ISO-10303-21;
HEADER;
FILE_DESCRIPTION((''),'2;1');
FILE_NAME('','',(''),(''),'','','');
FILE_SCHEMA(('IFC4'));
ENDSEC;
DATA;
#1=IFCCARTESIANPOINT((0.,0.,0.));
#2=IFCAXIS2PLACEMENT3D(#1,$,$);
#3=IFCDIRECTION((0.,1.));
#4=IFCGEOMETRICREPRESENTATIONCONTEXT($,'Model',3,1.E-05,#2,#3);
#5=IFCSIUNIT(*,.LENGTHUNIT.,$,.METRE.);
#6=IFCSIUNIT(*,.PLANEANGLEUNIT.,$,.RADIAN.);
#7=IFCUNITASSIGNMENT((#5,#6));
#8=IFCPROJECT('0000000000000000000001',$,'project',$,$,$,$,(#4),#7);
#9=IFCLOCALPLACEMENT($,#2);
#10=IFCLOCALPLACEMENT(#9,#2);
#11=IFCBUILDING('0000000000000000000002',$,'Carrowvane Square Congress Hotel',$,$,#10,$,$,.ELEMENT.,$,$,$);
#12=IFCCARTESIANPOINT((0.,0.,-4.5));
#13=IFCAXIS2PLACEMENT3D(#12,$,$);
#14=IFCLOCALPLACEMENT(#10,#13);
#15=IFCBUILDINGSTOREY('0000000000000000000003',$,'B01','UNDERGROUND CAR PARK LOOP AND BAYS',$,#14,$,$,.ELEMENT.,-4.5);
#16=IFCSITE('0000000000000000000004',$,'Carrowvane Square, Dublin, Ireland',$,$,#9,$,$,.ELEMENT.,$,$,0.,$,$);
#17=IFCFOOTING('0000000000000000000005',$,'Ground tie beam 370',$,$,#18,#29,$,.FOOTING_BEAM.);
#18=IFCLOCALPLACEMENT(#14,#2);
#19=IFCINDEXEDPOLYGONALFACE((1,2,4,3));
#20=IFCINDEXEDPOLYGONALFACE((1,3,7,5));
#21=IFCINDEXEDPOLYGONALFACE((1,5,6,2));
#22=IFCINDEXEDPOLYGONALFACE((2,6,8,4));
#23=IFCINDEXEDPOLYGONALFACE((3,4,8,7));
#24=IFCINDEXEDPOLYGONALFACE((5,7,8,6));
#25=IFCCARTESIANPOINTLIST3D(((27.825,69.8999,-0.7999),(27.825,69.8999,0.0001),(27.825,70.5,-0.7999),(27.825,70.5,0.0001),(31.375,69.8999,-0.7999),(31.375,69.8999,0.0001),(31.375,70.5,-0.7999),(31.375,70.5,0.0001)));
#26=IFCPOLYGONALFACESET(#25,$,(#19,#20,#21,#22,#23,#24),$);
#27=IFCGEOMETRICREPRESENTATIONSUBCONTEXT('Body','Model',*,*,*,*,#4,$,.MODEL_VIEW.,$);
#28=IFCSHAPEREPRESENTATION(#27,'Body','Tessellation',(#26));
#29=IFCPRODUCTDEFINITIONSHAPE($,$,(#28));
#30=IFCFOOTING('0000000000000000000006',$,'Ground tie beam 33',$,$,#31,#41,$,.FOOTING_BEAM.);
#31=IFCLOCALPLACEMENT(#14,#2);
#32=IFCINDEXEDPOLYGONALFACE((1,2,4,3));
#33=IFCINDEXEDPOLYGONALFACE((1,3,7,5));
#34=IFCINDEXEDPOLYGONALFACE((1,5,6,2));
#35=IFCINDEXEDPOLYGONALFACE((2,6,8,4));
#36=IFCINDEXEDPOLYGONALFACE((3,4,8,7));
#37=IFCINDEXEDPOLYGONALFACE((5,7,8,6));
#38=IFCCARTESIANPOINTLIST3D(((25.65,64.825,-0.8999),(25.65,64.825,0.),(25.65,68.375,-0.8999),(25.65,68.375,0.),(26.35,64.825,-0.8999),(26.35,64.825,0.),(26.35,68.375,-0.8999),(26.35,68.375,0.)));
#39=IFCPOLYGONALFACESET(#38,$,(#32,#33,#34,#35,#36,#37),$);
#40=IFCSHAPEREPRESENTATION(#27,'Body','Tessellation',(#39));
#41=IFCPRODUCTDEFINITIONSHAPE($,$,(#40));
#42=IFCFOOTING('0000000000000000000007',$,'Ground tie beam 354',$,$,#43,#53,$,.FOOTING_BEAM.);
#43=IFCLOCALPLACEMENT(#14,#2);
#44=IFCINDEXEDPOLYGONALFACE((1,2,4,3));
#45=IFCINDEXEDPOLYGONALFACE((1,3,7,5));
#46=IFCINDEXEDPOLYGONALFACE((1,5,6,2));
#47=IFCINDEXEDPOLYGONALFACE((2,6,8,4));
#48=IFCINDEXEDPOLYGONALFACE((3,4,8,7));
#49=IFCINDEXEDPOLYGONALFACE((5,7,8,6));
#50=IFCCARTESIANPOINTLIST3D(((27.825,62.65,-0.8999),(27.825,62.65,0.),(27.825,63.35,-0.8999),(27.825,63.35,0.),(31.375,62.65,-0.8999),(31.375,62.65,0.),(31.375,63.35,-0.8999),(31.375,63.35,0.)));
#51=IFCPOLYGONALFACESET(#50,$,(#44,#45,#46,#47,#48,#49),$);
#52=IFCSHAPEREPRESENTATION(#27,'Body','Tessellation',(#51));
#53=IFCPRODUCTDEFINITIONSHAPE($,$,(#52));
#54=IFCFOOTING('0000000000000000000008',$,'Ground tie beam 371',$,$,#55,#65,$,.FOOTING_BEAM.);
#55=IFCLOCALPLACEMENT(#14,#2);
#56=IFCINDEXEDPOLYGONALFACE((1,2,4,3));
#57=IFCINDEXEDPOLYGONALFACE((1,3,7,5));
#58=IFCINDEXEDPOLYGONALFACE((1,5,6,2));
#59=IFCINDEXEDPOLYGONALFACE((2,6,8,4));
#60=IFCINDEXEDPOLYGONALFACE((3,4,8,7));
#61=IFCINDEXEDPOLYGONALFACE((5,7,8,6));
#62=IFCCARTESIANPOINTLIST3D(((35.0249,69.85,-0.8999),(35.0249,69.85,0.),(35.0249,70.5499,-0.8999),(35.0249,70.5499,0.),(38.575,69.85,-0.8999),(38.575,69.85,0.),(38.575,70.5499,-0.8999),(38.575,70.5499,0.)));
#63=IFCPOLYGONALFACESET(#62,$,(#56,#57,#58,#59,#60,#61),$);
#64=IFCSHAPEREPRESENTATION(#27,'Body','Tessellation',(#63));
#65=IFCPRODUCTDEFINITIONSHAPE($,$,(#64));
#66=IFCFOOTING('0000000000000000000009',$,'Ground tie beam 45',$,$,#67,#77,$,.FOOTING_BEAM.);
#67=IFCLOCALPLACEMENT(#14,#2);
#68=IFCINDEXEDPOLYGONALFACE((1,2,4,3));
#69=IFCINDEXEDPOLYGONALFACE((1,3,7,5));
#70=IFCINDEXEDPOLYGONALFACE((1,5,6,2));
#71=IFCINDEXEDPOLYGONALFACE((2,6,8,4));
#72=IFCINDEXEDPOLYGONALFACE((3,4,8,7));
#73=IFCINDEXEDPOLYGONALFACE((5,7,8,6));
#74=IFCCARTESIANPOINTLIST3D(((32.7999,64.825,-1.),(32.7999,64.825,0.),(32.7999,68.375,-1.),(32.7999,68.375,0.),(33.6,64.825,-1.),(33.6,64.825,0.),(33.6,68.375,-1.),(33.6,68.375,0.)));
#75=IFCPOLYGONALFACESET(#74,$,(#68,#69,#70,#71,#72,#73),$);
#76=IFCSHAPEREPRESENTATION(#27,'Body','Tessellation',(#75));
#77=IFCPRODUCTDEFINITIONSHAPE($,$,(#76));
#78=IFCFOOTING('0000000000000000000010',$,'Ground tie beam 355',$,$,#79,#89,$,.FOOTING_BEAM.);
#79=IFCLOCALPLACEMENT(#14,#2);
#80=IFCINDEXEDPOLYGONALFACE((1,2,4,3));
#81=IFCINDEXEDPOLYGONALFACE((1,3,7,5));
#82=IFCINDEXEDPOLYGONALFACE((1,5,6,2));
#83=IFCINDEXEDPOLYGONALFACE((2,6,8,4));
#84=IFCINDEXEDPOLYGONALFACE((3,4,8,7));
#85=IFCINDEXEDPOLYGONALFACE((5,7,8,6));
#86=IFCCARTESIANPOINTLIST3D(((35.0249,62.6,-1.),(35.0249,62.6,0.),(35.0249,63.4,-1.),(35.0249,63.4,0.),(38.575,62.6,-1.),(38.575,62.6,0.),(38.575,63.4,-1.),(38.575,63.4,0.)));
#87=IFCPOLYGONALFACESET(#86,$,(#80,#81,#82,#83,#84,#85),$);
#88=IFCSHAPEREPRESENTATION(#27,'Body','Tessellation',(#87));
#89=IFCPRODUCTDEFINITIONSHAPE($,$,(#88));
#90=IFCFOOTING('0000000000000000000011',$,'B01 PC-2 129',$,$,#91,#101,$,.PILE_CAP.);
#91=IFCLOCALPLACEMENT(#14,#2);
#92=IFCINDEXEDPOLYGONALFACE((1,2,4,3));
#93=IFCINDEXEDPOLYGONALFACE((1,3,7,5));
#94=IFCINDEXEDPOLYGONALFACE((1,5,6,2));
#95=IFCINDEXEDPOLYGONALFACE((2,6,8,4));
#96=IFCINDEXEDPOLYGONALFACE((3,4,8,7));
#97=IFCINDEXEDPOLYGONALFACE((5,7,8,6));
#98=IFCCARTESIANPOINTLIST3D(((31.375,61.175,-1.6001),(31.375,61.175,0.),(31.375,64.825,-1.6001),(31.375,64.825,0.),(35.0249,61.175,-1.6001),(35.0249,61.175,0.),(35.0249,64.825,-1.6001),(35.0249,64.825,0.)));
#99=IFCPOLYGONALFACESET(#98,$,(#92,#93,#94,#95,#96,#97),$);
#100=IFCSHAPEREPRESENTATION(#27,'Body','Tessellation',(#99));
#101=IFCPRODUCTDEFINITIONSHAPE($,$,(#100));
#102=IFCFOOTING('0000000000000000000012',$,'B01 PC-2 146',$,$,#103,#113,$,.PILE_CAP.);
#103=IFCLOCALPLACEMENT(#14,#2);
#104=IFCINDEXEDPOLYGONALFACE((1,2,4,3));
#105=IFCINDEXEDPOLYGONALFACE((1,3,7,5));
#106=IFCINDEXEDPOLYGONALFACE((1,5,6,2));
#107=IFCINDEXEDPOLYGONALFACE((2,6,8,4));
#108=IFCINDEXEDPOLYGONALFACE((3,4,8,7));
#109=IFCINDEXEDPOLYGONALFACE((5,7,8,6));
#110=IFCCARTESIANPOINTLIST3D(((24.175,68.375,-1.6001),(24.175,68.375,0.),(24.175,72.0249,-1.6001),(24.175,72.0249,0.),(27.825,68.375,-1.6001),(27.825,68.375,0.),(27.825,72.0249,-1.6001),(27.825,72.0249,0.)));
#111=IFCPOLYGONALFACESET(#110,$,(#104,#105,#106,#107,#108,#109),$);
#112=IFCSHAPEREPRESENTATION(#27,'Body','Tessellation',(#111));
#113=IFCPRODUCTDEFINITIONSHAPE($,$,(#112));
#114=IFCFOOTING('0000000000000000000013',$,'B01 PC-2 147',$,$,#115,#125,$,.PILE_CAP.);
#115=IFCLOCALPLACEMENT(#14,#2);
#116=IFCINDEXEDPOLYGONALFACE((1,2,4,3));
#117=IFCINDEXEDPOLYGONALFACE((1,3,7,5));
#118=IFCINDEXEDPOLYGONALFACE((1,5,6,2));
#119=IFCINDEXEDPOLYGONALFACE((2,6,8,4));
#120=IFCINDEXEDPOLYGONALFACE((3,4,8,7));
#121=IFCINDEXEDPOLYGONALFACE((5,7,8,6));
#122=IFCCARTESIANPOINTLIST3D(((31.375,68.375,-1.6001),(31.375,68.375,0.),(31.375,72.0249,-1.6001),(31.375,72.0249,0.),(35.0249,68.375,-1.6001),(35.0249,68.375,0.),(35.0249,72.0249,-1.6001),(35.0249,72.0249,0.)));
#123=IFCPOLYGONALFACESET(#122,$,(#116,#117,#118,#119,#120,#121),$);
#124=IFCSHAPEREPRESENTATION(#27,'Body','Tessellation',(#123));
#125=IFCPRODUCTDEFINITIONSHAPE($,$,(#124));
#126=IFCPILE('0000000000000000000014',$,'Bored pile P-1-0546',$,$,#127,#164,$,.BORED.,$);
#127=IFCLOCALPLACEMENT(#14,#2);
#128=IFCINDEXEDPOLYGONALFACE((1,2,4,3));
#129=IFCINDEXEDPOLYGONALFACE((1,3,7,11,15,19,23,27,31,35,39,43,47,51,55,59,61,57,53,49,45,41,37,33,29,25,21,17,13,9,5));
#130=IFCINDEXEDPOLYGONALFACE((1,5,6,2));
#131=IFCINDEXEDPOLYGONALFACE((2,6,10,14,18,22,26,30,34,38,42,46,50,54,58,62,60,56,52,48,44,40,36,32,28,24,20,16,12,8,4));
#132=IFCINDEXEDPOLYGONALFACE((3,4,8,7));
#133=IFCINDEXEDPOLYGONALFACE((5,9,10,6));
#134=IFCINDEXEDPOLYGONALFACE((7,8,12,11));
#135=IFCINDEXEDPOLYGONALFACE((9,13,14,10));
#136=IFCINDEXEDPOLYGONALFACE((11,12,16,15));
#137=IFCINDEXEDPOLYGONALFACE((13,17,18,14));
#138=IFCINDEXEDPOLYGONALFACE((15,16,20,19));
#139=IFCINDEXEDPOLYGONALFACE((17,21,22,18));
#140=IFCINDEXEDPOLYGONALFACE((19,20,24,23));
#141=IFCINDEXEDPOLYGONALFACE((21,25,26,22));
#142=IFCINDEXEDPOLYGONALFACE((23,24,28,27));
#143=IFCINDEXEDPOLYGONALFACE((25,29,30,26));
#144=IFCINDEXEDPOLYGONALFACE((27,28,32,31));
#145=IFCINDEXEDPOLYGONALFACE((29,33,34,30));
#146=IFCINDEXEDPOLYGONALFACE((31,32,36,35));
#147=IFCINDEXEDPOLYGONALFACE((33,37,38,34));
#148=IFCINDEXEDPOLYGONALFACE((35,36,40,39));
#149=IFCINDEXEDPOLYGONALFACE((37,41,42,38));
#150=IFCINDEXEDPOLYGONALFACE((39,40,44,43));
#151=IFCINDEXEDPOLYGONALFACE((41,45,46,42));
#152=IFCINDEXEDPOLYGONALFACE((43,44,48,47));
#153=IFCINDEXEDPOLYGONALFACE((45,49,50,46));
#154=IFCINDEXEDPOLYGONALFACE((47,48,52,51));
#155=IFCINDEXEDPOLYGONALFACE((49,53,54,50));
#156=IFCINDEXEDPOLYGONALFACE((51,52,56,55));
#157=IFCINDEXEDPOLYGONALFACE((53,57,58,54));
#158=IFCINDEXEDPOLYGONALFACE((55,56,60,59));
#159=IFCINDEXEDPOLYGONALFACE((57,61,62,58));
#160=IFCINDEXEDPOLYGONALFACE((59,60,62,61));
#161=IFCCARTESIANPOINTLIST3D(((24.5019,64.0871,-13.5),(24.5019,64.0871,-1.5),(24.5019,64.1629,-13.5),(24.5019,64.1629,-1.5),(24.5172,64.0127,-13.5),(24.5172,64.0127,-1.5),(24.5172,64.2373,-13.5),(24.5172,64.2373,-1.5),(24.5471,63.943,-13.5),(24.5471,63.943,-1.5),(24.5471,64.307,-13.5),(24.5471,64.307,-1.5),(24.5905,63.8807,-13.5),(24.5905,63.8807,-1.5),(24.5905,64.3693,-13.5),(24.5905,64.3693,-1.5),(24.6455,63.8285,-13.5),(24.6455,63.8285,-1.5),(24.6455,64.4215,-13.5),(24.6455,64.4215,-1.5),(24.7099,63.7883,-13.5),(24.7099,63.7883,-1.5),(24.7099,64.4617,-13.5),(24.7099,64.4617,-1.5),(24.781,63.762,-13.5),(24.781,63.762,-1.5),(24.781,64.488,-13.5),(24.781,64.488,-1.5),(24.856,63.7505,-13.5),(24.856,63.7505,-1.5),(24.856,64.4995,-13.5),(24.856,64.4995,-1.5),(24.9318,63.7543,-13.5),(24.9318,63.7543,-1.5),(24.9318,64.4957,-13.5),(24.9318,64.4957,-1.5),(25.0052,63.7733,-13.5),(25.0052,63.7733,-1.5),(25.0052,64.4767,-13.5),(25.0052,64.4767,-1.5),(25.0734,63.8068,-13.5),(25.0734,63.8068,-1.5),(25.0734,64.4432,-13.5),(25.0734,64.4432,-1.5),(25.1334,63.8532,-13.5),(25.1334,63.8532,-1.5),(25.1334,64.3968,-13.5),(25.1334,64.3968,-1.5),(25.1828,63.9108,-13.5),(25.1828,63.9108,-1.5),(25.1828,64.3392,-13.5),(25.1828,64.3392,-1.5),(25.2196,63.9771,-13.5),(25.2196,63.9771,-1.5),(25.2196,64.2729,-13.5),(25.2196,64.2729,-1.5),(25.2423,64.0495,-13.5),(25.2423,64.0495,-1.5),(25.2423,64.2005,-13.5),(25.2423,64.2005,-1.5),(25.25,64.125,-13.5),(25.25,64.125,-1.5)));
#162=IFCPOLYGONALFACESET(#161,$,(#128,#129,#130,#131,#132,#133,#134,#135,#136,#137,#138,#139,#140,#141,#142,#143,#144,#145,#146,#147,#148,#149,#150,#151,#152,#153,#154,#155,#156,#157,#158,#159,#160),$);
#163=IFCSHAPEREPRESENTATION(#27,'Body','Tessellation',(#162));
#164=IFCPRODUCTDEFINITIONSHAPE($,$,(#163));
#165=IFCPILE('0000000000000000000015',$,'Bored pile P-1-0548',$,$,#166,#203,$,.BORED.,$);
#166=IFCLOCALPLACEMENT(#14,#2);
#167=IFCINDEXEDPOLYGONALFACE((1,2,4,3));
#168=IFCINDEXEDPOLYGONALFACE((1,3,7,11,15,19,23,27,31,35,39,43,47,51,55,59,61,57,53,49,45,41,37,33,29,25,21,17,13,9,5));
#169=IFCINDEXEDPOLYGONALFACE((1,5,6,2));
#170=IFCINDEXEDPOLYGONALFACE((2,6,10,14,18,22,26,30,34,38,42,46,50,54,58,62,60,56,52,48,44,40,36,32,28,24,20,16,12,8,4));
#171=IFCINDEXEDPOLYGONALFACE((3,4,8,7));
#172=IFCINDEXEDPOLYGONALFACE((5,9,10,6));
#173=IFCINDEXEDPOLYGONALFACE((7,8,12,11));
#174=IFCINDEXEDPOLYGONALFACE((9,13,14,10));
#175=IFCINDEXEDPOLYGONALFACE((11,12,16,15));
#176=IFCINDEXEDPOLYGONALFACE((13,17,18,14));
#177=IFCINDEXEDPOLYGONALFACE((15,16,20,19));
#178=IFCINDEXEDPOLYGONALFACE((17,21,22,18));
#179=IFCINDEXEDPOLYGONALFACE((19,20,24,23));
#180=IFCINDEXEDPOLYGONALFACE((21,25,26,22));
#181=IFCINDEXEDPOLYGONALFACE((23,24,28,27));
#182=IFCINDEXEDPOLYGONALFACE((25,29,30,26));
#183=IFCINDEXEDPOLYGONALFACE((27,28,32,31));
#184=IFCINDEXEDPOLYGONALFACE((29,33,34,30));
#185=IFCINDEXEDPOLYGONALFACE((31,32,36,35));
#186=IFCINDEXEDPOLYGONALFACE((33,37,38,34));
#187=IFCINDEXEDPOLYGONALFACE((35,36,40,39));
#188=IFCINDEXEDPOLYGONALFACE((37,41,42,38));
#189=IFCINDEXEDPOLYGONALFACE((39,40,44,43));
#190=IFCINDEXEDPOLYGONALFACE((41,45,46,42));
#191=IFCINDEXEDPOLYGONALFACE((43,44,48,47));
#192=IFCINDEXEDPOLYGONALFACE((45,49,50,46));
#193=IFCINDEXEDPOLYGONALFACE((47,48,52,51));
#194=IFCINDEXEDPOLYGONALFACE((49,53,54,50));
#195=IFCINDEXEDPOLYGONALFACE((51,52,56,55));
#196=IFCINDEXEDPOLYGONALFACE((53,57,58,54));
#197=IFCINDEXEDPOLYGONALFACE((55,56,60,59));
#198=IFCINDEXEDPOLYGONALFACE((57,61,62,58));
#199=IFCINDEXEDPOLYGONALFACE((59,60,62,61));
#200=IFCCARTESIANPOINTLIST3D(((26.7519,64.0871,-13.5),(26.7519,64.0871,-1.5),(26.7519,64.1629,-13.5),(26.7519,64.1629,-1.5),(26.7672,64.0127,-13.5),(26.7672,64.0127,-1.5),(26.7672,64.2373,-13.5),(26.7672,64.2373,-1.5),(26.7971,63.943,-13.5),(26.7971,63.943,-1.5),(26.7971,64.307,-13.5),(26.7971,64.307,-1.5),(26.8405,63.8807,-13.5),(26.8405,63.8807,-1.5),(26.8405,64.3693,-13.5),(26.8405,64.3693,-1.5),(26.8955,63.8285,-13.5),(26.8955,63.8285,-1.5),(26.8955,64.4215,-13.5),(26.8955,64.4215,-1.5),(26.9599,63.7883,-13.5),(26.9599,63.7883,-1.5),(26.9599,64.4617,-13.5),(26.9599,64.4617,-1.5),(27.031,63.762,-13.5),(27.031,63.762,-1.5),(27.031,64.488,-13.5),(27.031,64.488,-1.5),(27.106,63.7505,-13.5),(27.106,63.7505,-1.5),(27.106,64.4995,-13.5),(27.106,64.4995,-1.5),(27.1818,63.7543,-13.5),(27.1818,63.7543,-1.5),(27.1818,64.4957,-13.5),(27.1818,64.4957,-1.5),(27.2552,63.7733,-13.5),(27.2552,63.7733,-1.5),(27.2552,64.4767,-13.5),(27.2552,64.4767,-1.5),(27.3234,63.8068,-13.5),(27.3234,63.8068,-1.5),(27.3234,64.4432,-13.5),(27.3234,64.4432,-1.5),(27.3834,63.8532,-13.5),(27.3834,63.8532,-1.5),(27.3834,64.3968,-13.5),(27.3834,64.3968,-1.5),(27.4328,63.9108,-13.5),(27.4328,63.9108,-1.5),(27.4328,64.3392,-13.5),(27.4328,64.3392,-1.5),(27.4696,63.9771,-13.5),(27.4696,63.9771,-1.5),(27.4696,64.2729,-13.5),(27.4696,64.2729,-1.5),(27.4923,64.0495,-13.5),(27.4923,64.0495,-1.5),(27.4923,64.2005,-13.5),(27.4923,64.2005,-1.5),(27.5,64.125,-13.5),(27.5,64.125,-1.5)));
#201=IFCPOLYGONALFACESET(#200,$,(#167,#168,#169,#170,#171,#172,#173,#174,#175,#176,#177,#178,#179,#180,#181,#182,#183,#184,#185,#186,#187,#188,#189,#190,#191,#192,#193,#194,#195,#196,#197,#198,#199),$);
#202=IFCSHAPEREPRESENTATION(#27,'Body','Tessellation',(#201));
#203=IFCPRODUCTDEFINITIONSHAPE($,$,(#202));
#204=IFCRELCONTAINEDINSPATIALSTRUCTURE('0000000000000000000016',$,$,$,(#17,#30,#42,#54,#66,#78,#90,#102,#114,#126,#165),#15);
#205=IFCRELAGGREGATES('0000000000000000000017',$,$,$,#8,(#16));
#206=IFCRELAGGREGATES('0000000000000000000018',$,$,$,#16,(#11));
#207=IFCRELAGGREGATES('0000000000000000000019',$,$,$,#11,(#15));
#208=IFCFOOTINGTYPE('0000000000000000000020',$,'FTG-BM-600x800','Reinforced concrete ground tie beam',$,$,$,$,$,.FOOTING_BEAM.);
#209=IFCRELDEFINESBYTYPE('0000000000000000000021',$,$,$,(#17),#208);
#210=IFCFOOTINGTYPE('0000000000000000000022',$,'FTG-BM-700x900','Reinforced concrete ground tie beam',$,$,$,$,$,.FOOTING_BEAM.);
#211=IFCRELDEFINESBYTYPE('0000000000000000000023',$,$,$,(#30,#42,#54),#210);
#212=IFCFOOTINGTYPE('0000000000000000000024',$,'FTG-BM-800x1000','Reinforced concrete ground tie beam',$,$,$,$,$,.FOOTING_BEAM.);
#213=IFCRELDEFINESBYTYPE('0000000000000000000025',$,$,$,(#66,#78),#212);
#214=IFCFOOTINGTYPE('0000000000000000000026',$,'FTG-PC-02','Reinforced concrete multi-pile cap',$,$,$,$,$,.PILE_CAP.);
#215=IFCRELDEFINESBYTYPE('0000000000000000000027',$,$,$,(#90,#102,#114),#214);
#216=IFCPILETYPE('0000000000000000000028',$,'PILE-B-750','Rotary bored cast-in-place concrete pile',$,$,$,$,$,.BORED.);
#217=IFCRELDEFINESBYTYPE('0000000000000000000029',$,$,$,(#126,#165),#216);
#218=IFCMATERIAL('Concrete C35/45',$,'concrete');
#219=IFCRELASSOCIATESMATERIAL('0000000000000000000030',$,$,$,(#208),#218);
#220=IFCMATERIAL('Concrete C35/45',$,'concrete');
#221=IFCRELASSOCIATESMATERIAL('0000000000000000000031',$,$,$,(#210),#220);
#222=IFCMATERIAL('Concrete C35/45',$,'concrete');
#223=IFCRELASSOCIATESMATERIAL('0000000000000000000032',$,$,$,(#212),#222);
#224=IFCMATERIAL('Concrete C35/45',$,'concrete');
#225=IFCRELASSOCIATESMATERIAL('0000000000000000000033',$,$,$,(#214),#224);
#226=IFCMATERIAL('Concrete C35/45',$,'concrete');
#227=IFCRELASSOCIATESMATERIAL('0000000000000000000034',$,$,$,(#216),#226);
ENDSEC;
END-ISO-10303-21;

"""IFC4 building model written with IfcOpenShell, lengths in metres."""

from ifc_helpers import new_model, si_unit, direction, frame, origin, origin_2d, place, context, subcontext, project, spatial, rectangle, circle, extrude, material, material_profile, profile_set, type_object, element, save


model = new_model("IFC4")

# Units and contexts
model_context = context("Model", 3, precision=1e-05, world=origin(), true_north=direction((0.0, 1.0)))
body_context = subcontext(model_context, "Body", "Model", "MODEL_VIEW")
ifc_project = project(units=[si_unit("LENGTHUNIT", "METRE"), si_unit("PLANEANGLEUNIT", "RADIAN")], contexts=[model_context])

# Site, building, storey
site_placement = place(None, origin())
site = spatial("IfcSite", under=ifc_project, at=site_placement, Name="Carrowvane Square, Dublin, Ireland", CompositionType="ELEMENT", RefElevation=0.0)
building_placement = place(site_placement, origin())
building = spatial("IfcBuilding", under=site, at=building_placement, Name="Carrowvane Square Congress Hotel", CompositionType="ELEMENT")
storey_placement = place(building_placement, frame((0.0, 0.0, -4.5)))
storey = spatial("IfcBuildingStorey", under=building, at=storey_placement, Name="B01", Description="UNDERGROUND CAR PARK LOOP AND BAYS", CompositionType="ELEMENT", Elevation=-4.5)

# Footings
ifc_material_1 = material(Name="Concrete C35/45", Category="concrete")
ifc_material_profile_1 = material_profile(ifc_material_1, rectangle(XDim=0.6001, YDim=0.8, at=origin_2d()), Name="RC 600x800")
ifc_profile_set_1 = profile_set([ifc_material_profile_1], Name="Concrete C35/45")
footing_type_1 = type_object("IfcFootingType", Name="FTG-BM-600x800", Description="Reinforced concrete ground tie beam", PredefinedType="FOOTING_BEAM", material=ifc_profile_set_1)
footing_placement = place(storey_placement, frame((27.825, 70.2, -0.3999), z_axis=(1.0, 0.0, 0.0), x_axis=(0.0, 1.0, 0.0)))
element("IfcFooting", 1, at=footing_placement, inside=storey, type_object=footing_type_1, Name="Ground tie beam 370", PredefinedType="FOOTING_BEAM", context=body_context, shape_type="SweptSolid", body=[
    extrude(rectangle(XDim=0.6001, YDim=0.8, at=origin_2d()), origin(), (0.0, 0.0, 1.0), 3.55),
])
ifc_material_2 = material(Name="Concrete C35/45", Category="concrete")
ifc_material_profile_2 = material_profile(ifc_material_2, rectangle(XDim=0.7, YDim=0.8999, at=origin_2d()), Name="RC 700x900")
ifc_profile_set_2 = profile_set([ifc_material_profile_2], Name="Concrete C35/45")
footing_type_2 = type_object("IfcFootingType", Name="FTG-BM-700x900", Description="Reinforced concrete ground tie beam", PredefinedType="FOOTING_BEAM", material=ifc_profile_set_2)
for number, where, z_axis, x_axis, name in (
    (2, (26.0, 64.825, -0.45), (0.0, 1.0, 0.0), (-1.0, 0.0, 0.0), "Ground tie beam 33"),
    (3, (27.825, 63.0, -0.45), (1.0, 0.0, 0.0), (0.0, 1.0, 0.0), "Ground tie beam 354"),
    (4, (35.0249, 70.2, -0.45), (1.0, 0.0, 0.0), (0.0, 1.0, 0.0), "Ground tie beam 371"),
):
    element("IfcFooting", number, at=place(storey_placement, frame(where, z_axis=z_axis, x_axis=x_axis)), inside=storey, type_object=footing_type_2, Name=name, PredefinedType="FOOTING_BEAM", context=body_context, shape_type="SweptSolid", body=[
        extrude(rectangle(XDim=0.7, YDim=0.8999, at=origin_2d()), origin(), (0.0, 0.0, 1.0), 3.55),
    ])
ifc_material_3 = material(Name="Concrete C35/45", Category="concrete")
ifc_material_profile_3 = material_profile(ifc_material_3, rectangle(XDim=0.8, YDim=1.0, at=origin_2d()), Name="RC 800x1000")
ifc_profile_set_3 = profile_set([ifc_material_profile_3], Name="Concrete C35/45")
footing_type_3 = type_object("IfcFootingType", Name="FTG-BM-800x1000", Description="Reinforced concrete ground tie beam", PredefinedType="FOOTING_BEAM", material=ifc_profile_set_3)
for number, where, z_axis, x_axis, name in (
    (5, (33.2, 64.825, -0.5), (0.0, 1.0, 0.0), (-1.0, 0.0, 0.0), "Ground tie beam 45"),
    (6, (35.0249, 63.0, -0.5), (1.0, 0.0, 0.0), (0.0, 1.0, 0.0), "Ground tie beam 355"),
):
    element("IfcFooting", number, at=place(storey_placement, frame(where, z_axis=z_axis, x_axis=x_axis)), inside=storey, type_object=footing_type_3, Name=name, PredefinedType="FOOTING_BEAM", context=body_context, shape_type="SweptSolid", body=[
        extrude(rectangle(XDim=0.8, YDim=1.0, at=origin_2d()), origin(), (0.0, 0.0, 1.0), 3.55),
    ])
ifc_material_4 = material(Name="Concrete C35/45", Category="concrete")
footing_type_4 = type_object("IfcFootingType", Name="FTG-PC-02", Description="Reinforced concrete multi-pile cap", PredefinedType="PILE_CAP", material=ifc_material_4)
for number, where, z_axis, x_axis, name in (
    (7, (33.2, 63.0, -1.6001), (0.0, 0.0, 1.0), (1.0, 0.0, 0.0), "B01 PC-2 129"),
    (8, (26.0, 70.2, -1.6001), (0.0, 0.0, 1.0), (1.0, 0.0, 0.0), "B01 PC-2 146"),
    (9, (33.2, 70.2, -1.6001), (0.0, 0.0, 1.0), (1.0, 0.0, 0.0), "B01 PC-2 147"),
):
    element("IfcFooting", number, at=place(storey_placement, frame(where, z_axis=z_axis, x_axis=x_axis)), inside=storey, type_object=footing_type_4, Name=name, PredefinedType="PILE_CAP", context=body_context, shape_type="SweptSolid", body=[
        extrude(rectangle(XDim=3.6499, YDim=3.6499, at=origin_2d()), origin(), (0.0, 0.0, 1.0), 1.6001),
    ])

# Piles
ifc_material_5 = material(Name="Concrete C35/45", Category="concrete")
ifc_material_profile_4 = material_profile(ifc_material_5, circle(Radius=0.375, at=origin_2d()), Name="PILE D750")
ifc_profile_set_4 = profile_set([ifc_material_profile_4], Name="Concrete C35/45")
pile_type = type_object("IfcPileType", Name="PILE-B-750", Description="Rotary bored cast-in-place concrete pile", PredefinedType="BORED", material=ifc_profile_set_4)
for number, where, z_axis, x_axis, name in (
    (10, (24.875, 64.125, -1.5), (0.0, 0.0, -1.0), (1.0, 0.0, 0.0), "Bored pile P-1-0546"),
    (11, (27.125, 64.125, -1.5), (0.0, 0.0, -1.0), (1.0, 0.0, 0.0), "Bored pile P-1-0548"),
):
    element("IfcPile", number, at=place(storey_placement, frame(where, z_axis=z_axis, x_axis=x_axis)), inside=storey, type_object=pile_type, Name=name, PredefinedType="BORED", context=body_context, shape_type="SweptSolid", body=[
        extrude(circle(Radius=0.375, at=origin_2d()), origin(), (0.0, 0.0, 1.0), 12.0),
    ])

save(model, "model.ifc")
